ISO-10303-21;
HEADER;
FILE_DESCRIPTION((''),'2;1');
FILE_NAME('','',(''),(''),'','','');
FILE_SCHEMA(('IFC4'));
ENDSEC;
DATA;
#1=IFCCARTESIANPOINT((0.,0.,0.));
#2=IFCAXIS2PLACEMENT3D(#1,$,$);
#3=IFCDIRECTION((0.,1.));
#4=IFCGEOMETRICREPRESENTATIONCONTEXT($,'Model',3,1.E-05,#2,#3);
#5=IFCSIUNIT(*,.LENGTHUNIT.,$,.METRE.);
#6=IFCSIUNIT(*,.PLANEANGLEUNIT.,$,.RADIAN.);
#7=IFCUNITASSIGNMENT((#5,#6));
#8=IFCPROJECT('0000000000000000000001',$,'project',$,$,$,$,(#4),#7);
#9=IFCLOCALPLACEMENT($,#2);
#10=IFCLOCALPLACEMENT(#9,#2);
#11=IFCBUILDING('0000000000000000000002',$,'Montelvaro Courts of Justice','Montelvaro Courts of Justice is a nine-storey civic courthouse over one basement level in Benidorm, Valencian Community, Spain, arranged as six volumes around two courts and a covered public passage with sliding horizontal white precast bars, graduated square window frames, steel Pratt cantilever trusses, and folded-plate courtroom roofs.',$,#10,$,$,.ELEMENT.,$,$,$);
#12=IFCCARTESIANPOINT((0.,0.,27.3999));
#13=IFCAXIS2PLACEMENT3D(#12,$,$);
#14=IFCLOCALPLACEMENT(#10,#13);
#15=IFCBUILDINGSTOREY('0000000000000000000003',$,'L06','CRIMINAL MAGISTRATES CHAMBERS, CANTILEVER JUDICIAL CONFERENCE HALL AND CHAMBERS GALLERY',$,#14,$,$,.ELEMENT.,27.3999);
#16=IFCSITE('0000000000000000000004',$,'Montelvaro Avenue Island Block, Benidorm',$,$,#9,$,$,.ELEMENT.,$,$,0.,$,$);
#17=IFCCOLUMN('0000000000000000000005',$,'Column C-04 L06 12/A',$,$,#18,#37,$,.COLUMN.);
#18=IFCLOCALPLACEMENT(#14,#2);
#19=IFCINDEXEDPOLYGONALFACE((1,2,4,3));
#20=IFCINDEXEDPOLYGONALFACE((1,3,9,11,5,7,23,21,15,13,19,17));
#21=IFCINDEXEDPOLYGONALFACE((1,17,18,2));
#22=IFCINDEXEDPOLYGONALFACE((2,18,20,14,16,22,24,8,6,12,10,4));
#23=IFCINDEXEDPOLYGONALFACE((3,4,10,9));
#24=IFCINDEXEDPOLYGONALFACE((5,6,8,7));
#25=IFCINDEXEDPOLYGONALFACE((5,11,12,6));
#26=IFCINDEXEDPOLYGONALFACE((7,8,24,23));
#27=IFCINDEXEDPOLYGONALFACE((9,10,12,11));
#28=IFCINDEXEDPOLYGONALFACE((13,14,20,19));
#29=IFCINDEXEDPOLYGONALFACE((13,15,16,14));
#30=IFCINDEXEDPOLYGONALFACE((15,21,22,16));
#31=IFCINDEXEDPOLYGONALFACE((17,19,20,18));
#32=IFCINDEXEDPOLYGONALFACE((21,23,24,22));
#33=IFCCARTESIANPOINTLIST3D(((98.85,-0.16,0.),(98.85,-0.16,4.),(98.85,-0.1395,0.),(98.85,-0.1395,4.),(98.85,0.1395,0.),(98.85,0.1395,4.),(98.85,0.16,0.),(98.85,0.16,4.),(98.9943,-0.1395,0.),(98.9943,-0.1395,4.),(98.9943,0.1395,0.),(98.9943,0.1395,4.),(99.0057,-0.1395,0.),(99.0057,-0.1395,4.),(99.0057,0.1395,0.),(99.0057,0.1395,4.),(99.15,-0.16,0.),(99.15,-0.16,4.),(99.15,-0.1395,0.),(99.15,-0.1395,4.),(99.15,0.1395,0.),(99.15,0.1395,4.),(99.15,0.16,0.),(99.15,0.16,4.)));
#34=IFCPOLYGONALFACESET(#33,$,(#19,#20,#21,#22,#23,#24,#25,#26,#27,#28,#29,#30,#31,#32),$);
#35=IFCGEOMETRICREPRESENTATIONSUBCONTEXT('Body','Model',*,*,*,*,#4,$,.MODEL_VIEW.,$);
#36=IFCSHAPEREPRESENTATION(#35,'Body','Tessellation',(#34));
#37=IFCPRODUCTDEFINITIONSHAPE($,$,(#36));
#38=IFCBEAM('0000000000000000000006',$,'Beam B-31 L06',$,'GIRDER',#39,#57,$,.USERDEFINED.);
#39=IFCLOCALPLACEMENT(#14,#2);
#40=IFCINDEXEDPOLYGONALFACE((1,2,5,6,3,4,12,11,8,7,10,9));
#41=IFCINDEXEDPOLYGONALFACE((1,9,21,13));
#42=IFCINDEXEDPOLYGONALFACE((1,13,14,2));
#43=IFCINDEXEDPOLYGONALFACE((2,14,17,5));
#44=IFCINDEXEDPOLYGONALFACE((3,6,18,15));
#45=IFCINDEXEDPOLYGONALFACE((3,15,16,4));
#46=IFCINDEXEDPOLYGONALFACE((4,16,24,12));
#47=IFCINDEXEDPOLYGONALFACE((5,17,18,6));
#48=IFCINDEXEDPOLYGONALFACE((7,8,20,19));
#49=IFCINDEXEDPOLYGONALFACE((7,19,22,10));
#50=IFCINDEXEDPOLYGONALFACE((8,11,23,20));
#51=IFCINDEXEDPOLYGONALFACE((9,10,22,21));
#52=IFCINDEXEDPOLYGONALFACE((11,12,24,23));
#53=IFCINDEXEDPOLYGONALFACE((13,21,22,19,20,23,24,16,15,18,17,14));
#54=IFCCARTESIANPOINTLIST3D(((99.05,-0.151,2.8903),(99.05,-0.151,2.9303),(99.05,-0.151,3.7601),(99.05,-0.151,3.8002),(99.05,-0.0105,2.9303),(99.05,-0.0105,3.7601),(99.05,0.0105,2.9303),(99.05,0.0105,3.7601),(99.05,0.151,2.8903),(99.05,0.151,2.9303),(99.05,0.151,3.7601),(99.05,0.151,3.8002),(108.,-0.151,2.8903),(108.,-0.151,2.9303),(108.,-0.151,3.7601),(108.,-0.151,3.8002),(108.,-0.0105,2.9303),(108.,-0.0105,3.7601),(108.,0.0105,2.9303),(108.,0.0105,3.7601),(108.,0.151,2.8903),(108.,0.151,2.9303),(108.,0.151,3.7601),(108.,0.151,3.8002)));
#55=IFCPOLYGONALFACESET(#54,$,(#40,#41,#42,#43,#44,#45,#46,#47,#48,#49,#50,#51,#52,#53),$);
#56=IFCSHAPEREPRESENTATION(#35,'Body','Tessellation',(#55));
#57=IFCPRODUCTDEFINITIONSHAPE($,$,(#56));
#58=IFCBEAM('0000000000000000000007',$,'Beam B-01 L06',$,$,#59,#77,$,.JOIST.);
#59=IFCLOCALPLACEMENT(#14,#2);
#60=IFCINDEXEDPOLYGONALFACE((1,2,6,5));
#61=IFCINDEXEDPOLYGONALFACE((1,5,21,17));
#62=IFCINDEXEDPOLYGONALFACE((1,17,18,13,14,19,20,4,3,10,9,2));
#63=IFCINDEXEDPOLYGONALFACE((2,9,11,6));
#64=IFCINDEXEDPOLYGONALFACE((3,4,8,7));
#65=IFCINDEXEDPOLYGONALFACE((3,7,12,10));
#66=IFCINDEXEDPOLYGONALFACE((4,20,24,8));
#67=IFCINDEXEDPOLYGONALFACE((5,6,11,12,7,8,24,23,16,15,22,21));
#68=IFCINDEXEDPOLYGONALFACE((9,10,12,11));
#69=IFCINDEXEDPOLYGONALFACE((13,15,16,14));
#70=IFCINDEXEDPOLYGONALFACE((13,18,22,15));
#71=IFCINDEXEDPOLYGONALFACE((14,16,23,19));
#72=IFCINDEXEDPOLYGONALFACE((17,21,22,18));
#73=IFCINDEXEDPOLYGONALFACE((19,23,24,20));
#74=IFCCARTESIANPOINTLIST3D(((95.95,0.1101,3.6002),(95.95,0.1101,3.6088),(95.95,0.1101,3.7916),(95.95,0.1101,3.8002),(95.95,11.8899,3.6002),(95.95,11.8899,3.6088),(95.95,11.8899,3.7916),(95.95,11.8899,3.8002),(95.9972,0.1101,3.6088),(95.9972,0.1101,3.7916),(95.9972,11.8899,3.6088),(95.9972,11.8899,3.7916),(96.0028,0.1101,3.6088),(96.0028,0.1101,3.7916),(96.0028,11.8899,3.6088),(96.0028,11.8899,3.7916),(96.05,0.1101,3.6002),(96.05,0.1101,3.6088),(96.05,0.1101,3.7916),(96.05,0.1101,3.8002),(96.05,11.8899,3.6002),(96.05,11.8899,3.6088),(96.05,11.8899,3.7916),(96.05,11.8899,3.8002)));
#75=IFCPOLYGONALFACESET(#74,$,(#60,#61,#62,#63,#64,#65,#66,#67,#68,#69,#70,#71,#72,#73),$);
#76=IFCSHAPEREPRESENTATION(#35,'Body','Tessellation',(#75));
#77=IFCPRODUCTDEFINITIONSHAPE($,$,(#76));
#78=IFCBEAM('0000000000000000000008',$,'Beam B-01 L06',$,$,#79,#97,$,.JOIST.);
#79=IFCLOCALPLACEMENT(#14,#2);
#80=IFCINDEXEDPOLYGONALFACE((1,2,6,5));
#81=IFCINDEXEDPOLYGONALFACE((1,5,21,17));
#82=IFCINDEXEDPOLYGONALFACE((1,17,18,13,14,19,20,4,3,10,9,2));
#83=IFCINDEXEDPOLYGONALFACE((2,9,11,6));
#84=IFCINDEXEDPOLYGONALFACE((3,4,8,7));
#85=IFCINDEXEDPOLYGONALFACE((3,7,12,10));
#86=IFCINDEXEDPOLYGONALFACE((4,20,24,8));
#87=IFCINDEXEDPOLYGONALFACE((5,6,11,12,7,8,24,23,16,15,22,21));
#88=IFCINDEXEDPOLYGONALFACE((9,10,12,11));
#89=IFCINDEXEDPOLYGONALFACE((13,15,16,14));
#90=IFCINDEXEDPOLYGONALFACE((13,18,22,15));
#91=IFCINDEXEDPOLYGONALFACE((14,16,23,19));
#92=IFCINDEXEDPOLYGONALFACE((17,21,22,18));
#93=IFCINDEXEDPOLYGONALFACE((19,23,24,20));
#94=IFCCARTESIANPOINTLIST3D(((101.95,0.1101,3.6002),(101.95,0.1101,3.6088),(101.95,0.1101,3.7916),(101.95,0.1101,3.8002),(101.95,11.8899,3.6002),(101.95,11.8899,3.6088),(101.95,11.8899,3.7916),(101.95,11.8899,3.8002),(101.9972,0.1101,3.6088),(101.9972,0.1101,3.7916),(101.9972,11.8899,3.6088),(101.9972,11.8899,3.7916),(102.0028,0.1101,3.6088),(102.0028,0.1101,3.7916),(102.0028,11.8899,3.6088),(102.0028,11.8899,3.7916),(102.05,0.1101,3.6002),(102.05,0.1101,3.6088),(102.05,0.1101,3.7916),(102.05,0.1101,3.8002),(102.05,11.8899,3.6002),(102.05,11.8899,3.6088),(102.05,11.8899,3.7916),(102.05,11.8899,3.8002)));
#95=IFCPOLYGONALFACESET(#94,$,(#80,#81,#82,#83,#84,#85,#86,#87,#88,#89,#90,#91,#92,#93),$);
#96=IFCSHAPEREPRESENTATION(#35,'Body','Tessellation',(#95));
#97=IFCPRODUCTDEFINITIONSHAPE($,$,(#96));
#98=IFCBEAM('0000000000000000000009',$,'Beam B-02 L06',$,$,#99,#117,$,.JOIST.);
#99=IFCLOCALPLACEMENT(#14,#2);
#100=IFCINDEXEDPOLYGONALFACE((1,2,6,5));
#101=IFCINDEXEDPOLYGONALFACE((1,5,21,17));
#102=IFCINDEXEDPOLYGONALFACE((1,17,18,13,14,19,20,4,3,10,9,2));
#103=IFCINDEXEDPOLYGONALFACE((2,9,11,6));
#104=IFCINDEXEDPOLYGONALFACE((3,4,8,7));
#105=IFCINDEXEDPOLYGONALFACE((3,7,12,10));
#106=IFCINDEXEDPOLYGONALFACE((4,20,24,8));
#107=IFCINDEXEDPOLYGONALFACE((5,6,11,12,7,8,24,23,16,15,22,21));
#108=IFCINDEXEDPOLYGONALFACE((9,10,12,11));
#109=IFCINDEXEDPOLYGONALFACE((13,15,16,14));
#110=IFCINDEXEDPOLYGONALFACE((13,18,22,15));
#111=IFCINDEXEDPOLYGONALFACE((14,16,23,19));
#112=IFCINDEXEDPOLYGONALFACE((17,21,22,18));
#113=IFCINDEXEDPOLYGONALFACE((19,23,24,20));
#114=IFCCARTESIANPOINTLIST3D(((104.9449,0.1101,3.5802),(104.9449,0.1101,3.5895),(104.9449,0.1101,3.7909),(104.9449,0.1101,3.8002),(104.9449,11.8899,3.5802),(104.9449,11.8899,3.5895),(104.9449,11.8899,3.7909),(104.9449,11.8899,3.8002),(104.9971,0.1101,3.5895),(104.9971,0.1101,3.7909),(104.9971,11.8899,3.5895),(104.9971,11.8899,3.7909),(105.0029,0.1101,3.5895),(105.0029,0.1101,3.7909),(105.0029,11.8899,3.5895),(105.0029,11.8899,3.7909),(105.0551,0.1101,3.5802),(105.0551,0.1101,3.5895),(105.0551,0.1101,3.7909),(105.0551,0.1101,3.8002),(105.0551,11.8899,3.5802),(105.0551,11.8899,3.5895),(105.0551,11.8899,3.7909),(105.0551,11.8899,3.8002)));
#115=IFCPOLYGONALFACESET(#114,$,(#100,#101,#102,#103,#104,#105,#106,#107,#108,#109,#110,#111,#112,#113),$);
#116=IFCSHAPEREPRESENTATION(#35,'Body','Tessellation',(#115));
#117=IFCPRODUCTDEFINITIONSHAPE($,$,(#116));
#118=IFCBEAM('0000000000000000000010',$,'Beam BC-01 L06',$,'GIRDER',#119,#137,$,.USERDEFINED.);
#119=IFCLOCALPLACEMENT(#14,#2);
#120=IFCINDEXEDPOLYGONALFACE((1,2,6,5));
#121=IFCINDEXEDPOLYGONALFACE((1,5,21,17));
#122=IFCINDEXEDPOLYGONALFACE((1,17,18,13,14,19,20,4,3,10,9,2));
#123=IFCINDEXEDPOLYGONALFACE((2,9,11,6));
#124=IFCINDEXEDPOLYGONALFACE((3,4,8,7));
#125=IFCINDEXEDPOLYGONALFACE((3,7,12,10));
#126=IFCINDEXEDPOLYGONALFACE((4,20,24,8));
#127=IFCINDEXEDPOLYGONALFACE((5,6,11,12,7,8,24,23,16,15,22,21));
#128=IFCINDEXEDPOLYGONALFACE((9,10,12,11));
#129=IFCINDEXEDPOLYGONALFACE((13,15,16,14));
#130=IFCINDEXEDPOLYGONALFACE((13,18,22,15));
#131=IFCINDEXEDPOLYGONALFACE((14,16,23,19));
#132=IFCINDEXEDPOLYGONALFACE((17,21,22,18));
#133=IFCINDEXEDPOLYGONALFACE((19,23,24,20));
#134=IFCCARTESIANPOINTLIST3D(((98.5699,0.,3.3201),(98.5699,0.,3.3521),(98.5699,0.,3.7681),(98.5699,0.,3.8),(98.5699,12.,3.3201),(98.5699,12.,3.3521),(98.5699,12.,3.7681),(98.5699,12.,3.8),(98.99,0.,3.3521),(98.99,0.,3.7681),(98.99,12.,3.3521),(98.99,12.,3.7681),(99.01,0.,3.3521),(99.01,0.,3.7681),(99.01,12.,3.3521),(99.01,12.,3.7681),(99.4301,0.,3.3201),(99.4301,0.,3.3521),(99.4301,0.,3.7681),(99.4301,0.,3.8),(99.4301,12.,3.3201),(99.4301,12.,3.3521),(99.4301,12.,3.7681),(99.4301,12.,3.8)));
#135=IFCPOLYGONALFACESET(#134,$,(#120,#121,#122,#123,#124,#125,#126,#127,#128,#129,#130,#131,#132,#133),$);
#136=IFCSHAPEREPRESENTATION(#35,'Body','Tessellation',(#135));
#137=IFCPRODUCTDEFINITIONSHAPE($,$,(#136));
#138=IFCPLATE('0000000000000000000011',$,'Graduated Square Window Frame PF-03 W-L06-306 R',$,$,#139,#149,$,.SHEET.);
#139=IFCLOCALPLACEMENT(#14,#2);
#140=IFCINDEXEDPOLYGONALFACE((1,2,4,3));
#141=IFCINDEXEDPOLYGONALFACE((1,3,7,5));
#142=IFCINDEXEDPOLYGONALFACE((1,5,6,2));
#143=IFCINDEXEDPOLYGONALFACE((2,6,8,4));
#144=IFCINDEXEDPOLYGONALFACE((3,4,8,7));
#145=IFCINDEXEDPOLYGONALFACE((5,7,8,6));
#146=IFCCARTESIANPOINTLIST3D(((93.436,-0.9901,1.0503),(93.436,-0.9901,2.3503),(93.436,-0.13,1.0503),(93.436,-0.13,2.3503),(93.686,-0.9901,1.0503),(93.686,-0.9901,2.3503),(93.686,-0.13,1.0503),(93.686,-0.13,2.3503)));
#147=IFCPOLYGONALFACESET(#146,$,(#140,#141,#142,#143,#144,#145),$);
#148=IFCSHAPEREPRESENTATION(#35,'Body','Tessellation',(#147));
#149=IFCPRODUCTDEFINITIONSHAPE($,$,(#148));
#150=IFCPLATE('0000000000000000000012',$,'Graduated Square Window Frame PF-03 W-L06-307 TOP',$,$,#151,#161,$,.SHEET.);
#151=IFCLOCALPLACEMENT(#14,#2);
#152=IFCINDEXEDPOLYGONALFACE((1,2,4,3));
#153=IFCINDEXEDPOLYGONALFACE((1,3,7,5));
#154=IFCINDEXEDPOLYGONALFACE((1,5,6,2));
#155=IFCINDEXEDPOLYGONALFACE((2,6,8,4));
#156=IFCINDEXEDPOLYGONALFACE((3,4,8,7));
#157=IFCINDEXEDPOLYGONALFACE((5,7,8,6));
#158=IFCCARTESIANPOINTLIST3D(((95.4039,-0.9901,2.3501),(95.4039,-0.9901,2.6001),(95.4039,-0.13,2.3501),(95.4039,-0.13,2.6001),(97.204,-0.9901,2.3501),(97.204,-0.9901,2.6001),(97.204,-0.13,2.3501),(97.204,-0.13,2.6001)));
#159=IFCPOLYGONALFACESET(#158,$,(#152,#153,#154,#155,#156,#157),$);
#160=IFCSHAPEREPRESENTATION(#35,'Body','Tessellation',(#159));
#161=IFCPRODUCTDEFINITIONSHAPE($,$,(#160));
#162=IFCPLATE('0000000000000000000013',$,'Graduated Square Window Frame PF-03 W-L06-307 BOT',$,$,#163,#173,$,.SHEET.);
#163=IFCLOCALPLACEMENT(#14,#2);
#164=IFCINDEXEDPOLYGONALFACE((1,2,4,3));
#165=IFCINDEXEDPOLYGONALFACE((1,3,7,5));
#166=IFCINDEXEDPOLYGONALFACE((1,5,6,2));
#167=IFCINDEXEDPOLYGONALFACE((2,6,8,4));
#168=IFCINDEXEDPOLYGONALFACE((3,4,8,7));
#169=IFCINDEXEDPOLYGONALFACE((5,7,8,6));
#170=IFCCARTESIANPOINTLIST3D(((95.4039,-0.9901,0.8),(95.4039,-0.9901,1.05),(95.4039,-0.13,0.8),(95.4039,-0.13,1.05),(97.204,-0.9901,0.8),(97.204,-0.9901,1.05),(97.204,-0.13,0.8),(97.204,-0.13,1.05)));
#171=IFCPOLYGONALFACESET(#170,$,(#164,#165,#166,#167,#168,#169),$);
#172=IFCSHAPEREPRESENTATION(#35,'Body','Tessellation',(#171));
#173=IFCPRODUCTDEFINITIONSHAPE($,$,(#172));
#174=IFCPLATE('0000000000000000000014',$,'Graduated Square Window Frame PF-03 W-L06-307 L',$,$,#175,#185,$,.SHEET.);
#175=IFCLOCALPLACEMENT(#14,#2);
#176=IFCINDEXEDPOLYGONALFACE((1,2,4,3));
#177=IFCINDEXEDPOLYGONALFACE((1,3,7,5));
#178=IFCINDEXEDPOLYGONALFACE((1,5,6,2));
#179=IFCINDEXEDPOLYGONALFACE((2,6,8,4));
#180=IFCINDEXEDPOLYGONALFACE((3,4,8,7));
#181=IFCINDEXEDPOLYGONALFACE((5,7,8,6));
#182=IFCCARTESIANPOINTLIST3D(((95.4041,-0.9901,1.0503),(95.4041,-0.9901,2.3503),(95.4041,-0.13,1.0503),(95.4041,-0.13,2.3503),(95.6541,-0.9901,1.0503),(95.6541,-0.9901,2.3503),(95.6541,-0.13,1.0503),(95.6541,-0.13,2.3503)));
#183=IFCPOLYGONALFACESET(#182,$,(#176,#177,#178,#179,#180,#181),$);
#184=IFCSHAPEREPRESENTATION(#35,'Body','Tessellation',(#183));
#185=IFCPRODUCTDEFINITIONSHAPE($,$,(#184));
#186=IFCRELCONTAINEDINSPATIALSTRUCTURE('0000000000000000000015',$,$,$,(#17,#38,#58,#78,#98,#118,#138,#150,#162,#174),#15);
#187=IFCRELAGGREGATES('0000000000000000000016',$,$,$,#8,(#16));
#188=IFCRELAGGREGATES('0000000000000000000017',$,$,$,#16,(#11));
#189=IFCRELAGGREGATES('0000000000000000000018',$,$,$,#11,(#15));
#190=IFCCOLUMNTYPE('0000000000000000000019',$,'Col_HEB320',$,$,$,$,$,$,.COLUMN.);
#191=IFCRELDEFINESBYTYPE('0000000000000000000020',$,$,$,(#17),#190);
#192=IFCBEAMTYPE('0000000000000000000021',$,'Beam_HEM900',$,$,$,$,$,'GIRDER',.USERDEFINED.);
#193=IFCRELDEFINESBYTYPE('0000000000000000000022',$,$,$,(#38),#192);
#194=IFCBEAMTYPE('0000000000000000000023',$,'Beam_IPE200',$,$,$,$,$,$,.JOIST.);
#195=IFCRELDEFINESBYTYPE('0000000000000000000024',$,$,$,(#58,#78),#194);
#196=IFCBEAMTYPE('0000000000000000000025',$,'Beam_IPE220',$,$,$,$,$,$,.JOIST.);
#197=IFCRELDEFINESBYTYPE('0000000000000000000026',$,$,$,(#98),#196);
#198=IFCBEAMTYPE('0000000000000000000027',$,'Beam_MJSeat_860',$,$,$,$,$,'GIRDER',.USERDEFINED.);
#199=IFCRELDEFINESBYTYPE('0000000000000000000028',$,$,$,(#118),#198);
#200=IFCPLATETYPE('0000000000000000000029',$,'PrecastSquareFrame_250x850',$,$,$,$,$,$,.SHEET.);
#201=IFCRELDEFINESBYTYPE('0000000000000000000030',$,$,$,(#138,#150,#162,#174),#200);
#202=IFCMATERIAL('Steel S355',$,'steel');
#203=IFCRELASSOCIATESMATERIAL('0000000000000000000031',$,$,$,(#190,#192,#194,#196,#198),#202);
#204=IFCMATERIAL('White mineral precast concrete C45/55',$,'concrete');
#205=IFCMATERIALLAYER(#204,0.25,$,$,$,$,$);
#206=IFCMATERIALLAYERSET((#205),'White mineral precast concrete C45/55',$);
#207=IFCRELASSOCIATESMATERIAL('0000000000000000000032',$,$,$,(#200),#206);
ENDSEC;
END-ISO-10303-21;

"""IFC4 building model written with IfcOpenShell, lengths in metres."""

from ifc_helpers import new_model, si_unit, direction, frame, origin, origin_2d, place, context, subcontext, project, spatial, rectangle, i_section, extrude, material, layer, layer_set, material_profile, profile_set, type_object, element, save


model = new_model("IFC4")

# Units and contexts
model_context = context("Model", 3, precision=1e-05, world=origin(), true_north=direction((0.0, 1.0)))
body_context = subcontext(model_context, "Body", "Model", "MODEL_VIEW")
ifc_project = project(units=[si_unit("LENGTHUNIT", "METRE"), si_unit("PLANEANGLEUNIT", "RADIAN")], contexts=[model_context])

# Site, building, storey
site_placement = place(None, origin())
site = spatial("IfcSite", under=ifc_project, at=site_placement, Name="Montelvaro Avenue Island Block, Benidorm", CompositionType="ELEMENT", RefElevation=0.0)
building_placement = place(site_placement, origin())
building = spatial("IfcBuilding", under=site, at=building_placement, Name="Montelvaro Courts of Justice", Description="Montelvaro Courts of Justice is a nine-storey civic courthouse over one basement level in Benidorm, Valencian Community, Spain, arranged as six volumes around two courts and a covered public passage with sliding horizontal white precast bars, graduated square window frames, steel Pratt cantilever trusses, and folded-plate courtroom roofs.", CompositionType="ELEMENT")
storey_placement = place(building_placement, frame((0.0, 0.0, 27.3999)))
storey = spatial("IfcBuildingStorey", under=building, at=storey_placement, Name="L06", Description="CRIMINAL MAGISTRATES CHAMBERS, CANTILEVER JUDICIAL CONFERENCE HALL AND CHAMBERS GALLERY", CompositionType="ELEMENT", Elevation=27.3999)

# Column
ifc_material_1 = material(Name="Steel S355", Category="steel")
ifc_material_profile_1 = material_profile(ifc_material_1, i_section(OverallWidth=0.3, OverallDepth=0.3201, WebThickness=0.0115, FlangeThickness=0.0205, at=origin_2d()), Name="HEB 320")
ifc_profile_set_1 = profile_set([ifc_material_profile_1], Name="Steel S355")
column_type = type_object("IfcColumnType", Name="Col_HEB320", PredefinedType="COLUMN", material=ifc_profile_set_1)
column_placement = place(storey_placement, frame((99.0, 0.0, 0.0), z_axis=(0.0, 0.0, 1.0), x_axis=(1.0, 0.0, 0.0)))
element("IfcColumn", 1, at=column_placement, inside=storey, type_object=column_type, Name="Column C-04 L06 12/A", PredefinedType="COLUMN", context=body_context, shape_type="SweptSolid", body=[
    extrude(i_section(OverallWidth=0.3, OverallDepth=0.3201, WebThickness=0.0115, FlangeThickness=0.0205, at=origin_2d()), origin(), (0.0, 0.0, 1.0), 4.0),
])

# Beams
ifc_material_profile_2 = material_profile(ifc_material_1, i_section(OverallWidth=0.302, OverallDepth=0.9099, WebThickness=0.021, FlangeThickness=0.04, at=origin_2d()), Name="HEM 900")
ifc_profile_set_2 = profile_set([ifc_material_profile_2], Name="Steel S355")
beam_type_1 = type_object("IfcBeamType", Name="Beam_HEM900", ElementType="GIRDER", PredefinedType="USERDEFINED", material=ifc_profile_set_2)
beam_1_placement = place(storey_placement, frame((99.05, 0.0, 3.3452), z_axis=(1.0, 0.0, 0.0), x_axis=(0.0, 1.0, 0.0)))
element("IfcBeam", 2, at=beam_1_placement, inside=storey, type_object=beam_type_1, Name="Beam B-31 L06", ObjectType="GIRDER", PredefinedType="USERDEFINED", context=body_context, shape_type="SweptSolid", body=[
    extrude(i_section(OverallWidth=0.302, OverallDepth=0.9099, WebThickness=0.021, FlangeThickness=0.04, at=origin_2d()), origin(), (0.0, 0.0, 1.0), 8.95),
])
ifc_material_profile_3 = material_profile(ifc_material_1, i_section(OverallWidth=0.1001, OverallDepth=0.2, WebThickness=0.0056, FlangeThickness=0.0085, at=origin_2d()), Name="IPE 200")
ifc_profile_set_3 = profile_set([ifc_material_profile_3], Name="Steel S355")
beam_type_2 = type_object("IfcBeamType", Name="Beam_IPE200", PredefinedType="JOIST", material=ifc_profile_set_3)
for number, where, z_axis, x_axis, name in (
    (3, (96.0, 0.1101, 3.7002), (0.0, 1.0, 0.0), (-1.0, 0.0, 0.0), "Beam B-01 L06"),
    (4, (102.0, 0.1101, 3.7002), (0.0, 1.0, 0.0), (-1.0, 0.0, 0.0), "Beam B-01 L06"),
):
    element("IfcBeam", number, at=place(storey_placement, frame(where, z_axis=z_axis, x_axis=x_axis)), inside=storey, type_object=beam_type_2, Name=name, PredefinedType="JOIST", context=body_context, shape_type="SweptSolid", body=[
        extrude(i_section(OverallWidth=0.1001, OverallDepth=0.2, WebThickness=0.0056, FlangeThickness=0.0085, at=origin_2d()), origin(), (0.0, 0.0, 1.0), 11.7798),
    ])
ifc_material_profile_4 = material_profile(ifc_material_1, i_section(OverallWidth=0.1101, OverallDepth=0.22, WebThickness=0.0059, FlangeThickness=0.0093, at=origin_2d()), Name="IPE 220")
ifc_profile_set_4 = profile_set([ifc_material_profile_4], Name="Steel S355")
beam_type_3 = type_object("IfcBeamType", Name="Beam_IPE220", PredefinedType="JOIST", material=ifc_profile_set_4)
beam_2_placement = place(storey_placement, frame((105.0, 0.1101, 3.6902), z_axis=(0.0, 1.0, 0.0), x_axis=(-1.0, 0.0, 0.0)))
element("IfcBeam", 5, at=beam_2_placement, inside=storey, type_object=beam_type_3, Name="Beam B-02 L06", PredefinedType="JOIST", context=body_context, shape_type="SweptSolid", body=[
    extrude(i_section(OverallWidth=0.1101, OverallDepth=0.22, WebThickness=0.0059, FlangeThickness=0.0093, at=origin_2d()), origin(), (0.0, 0.0, 1.0), 11.7798),
])
ifc_material_profile_5 = material_profile(ifc_material_1, i_section(OverallWidth=0.8601, OverallDepth=0.48, WebThickness=0.02, FlangeThickness=0.032, at=origin_2d()), Name="HL 480x860")
ifc_profile_set_5 = profile_set([ifc_material_profile_5], Name="Steel S355")
beam_type_4 = type_object("IfcBeamType", Name="Beam_MJSeat_860", ElementType="GIRDER", PredefinedType="USERDEFINED", material=ifc_profile_set_5)
beam_3_placement = place(storey_placement, frame((99.0, 0.0, 3.5601), z_axis=(0.0, 1.0, 0.0), x_axis=(-1.0, 0.0, 0.0)))
element("IfcBeam", 6, at=beam_3_placement, inside=storey, type_object=beam_type_4, Name="Beam BC-01 L06", ObjectType="GIRDER", PredefinedType="USERDEFINED", context=body_context, shape_type="SweptSolid", body=[
    extrude(i_section(OverallWidth=0.8601, OverallDepth=0.48, WebThickness=0.02, FlangeThickness=0.032, at=origin_2d()), origin(), (0.0, 0.0, 1.0), 12.0),
])

# Plates
ifc_material_2 = material(Name="White mineral precast concrete C45/55", Category="concrete")
ifc_layer_1 = layer(ifc_material_2, 0.25)
ifc_layer_set_1 = layer_set([ifc_layer_1], Name="White mineral precast concrete C45/55")
plate_type = type_object("IfcPlateType", Name="PrecastSquareFrame_250x850", PredefinedType="SHEET", material=ifc_layer_set_1)
plate_placement = place(storey_placement, frame((93.561, -0.5601, 1.0503), z_axis=(0.0, 0.0, 1.0), x_axis=(1.0, 0.0, 0.0)))
element("IfcPlate", 7, at=plate_placement, inside=storey, type_object=plate_type, Name="Graduated Square Window Frame PF-03 W-L06-306 R", PredefinedType="SHEET", context=body_context, shape_type="SweptSolid", body=[
    extrude(rectangle(XDim=0.25, YDim=0.8601, at=origin_2d()), origin(), (0.0, 0.0, 1.0), 1.3),
])
for number, where, z_axis, x_axis, name in (
    (8, (96.304, -0.5601, 2.3501), (0.0, 0.0, 1.0), (1.0, 0.0, 0.0), "Graduated Square Window Frame PF-03 W-L06-307 TOP"),
    (9, (96.304, -0.5601, 0.8), (0.0, 0.0, 1.0), (1.0, 0.0, 0.0), "Graduated Square Window Frame PF-03 W-L06-307 BOT"),
):
    element("IfcPlate", number, at=place(storey_placement, frame(where, z_axis=z_axis, x_axis=x_axis)), inside=storey, type_object=plate_type, Name=name, PredefinedType="SHEET", context=body_context, shape_type="SweptSolid", body=[
        extrude(rectangle(XDim=1.8, YDim=0.8601, at=origin_2d()), origin(), (0.0, 0.0, 1.0), 0.25),
    ])
for number, where, z_axis, x_axis, name in (
    (10, (95.5291, -0.5601, 1.0503), (0.0, 0.0, 1.0), (1.0, 0.0, 0.0), "Graduated Square Window Frame PF-03 W-L06-307 L"),
):
    element("IfcPlate", number, at=place(storey_placement, frame(where, z_axis=z_axis, x_axis=x_axis)), inside=storey, type_object=plate_type, Name=name, PredefinedType="SHEET", context=body_context, shape_type="SweptSolid", body=[
        extrude(rectangle(XDim=0.25, YDim=0.8601, at=origin_2d()), origin(), (0.0, 0.0, 1.0), 1.3),
    ])

save(model, "model.ifc")
